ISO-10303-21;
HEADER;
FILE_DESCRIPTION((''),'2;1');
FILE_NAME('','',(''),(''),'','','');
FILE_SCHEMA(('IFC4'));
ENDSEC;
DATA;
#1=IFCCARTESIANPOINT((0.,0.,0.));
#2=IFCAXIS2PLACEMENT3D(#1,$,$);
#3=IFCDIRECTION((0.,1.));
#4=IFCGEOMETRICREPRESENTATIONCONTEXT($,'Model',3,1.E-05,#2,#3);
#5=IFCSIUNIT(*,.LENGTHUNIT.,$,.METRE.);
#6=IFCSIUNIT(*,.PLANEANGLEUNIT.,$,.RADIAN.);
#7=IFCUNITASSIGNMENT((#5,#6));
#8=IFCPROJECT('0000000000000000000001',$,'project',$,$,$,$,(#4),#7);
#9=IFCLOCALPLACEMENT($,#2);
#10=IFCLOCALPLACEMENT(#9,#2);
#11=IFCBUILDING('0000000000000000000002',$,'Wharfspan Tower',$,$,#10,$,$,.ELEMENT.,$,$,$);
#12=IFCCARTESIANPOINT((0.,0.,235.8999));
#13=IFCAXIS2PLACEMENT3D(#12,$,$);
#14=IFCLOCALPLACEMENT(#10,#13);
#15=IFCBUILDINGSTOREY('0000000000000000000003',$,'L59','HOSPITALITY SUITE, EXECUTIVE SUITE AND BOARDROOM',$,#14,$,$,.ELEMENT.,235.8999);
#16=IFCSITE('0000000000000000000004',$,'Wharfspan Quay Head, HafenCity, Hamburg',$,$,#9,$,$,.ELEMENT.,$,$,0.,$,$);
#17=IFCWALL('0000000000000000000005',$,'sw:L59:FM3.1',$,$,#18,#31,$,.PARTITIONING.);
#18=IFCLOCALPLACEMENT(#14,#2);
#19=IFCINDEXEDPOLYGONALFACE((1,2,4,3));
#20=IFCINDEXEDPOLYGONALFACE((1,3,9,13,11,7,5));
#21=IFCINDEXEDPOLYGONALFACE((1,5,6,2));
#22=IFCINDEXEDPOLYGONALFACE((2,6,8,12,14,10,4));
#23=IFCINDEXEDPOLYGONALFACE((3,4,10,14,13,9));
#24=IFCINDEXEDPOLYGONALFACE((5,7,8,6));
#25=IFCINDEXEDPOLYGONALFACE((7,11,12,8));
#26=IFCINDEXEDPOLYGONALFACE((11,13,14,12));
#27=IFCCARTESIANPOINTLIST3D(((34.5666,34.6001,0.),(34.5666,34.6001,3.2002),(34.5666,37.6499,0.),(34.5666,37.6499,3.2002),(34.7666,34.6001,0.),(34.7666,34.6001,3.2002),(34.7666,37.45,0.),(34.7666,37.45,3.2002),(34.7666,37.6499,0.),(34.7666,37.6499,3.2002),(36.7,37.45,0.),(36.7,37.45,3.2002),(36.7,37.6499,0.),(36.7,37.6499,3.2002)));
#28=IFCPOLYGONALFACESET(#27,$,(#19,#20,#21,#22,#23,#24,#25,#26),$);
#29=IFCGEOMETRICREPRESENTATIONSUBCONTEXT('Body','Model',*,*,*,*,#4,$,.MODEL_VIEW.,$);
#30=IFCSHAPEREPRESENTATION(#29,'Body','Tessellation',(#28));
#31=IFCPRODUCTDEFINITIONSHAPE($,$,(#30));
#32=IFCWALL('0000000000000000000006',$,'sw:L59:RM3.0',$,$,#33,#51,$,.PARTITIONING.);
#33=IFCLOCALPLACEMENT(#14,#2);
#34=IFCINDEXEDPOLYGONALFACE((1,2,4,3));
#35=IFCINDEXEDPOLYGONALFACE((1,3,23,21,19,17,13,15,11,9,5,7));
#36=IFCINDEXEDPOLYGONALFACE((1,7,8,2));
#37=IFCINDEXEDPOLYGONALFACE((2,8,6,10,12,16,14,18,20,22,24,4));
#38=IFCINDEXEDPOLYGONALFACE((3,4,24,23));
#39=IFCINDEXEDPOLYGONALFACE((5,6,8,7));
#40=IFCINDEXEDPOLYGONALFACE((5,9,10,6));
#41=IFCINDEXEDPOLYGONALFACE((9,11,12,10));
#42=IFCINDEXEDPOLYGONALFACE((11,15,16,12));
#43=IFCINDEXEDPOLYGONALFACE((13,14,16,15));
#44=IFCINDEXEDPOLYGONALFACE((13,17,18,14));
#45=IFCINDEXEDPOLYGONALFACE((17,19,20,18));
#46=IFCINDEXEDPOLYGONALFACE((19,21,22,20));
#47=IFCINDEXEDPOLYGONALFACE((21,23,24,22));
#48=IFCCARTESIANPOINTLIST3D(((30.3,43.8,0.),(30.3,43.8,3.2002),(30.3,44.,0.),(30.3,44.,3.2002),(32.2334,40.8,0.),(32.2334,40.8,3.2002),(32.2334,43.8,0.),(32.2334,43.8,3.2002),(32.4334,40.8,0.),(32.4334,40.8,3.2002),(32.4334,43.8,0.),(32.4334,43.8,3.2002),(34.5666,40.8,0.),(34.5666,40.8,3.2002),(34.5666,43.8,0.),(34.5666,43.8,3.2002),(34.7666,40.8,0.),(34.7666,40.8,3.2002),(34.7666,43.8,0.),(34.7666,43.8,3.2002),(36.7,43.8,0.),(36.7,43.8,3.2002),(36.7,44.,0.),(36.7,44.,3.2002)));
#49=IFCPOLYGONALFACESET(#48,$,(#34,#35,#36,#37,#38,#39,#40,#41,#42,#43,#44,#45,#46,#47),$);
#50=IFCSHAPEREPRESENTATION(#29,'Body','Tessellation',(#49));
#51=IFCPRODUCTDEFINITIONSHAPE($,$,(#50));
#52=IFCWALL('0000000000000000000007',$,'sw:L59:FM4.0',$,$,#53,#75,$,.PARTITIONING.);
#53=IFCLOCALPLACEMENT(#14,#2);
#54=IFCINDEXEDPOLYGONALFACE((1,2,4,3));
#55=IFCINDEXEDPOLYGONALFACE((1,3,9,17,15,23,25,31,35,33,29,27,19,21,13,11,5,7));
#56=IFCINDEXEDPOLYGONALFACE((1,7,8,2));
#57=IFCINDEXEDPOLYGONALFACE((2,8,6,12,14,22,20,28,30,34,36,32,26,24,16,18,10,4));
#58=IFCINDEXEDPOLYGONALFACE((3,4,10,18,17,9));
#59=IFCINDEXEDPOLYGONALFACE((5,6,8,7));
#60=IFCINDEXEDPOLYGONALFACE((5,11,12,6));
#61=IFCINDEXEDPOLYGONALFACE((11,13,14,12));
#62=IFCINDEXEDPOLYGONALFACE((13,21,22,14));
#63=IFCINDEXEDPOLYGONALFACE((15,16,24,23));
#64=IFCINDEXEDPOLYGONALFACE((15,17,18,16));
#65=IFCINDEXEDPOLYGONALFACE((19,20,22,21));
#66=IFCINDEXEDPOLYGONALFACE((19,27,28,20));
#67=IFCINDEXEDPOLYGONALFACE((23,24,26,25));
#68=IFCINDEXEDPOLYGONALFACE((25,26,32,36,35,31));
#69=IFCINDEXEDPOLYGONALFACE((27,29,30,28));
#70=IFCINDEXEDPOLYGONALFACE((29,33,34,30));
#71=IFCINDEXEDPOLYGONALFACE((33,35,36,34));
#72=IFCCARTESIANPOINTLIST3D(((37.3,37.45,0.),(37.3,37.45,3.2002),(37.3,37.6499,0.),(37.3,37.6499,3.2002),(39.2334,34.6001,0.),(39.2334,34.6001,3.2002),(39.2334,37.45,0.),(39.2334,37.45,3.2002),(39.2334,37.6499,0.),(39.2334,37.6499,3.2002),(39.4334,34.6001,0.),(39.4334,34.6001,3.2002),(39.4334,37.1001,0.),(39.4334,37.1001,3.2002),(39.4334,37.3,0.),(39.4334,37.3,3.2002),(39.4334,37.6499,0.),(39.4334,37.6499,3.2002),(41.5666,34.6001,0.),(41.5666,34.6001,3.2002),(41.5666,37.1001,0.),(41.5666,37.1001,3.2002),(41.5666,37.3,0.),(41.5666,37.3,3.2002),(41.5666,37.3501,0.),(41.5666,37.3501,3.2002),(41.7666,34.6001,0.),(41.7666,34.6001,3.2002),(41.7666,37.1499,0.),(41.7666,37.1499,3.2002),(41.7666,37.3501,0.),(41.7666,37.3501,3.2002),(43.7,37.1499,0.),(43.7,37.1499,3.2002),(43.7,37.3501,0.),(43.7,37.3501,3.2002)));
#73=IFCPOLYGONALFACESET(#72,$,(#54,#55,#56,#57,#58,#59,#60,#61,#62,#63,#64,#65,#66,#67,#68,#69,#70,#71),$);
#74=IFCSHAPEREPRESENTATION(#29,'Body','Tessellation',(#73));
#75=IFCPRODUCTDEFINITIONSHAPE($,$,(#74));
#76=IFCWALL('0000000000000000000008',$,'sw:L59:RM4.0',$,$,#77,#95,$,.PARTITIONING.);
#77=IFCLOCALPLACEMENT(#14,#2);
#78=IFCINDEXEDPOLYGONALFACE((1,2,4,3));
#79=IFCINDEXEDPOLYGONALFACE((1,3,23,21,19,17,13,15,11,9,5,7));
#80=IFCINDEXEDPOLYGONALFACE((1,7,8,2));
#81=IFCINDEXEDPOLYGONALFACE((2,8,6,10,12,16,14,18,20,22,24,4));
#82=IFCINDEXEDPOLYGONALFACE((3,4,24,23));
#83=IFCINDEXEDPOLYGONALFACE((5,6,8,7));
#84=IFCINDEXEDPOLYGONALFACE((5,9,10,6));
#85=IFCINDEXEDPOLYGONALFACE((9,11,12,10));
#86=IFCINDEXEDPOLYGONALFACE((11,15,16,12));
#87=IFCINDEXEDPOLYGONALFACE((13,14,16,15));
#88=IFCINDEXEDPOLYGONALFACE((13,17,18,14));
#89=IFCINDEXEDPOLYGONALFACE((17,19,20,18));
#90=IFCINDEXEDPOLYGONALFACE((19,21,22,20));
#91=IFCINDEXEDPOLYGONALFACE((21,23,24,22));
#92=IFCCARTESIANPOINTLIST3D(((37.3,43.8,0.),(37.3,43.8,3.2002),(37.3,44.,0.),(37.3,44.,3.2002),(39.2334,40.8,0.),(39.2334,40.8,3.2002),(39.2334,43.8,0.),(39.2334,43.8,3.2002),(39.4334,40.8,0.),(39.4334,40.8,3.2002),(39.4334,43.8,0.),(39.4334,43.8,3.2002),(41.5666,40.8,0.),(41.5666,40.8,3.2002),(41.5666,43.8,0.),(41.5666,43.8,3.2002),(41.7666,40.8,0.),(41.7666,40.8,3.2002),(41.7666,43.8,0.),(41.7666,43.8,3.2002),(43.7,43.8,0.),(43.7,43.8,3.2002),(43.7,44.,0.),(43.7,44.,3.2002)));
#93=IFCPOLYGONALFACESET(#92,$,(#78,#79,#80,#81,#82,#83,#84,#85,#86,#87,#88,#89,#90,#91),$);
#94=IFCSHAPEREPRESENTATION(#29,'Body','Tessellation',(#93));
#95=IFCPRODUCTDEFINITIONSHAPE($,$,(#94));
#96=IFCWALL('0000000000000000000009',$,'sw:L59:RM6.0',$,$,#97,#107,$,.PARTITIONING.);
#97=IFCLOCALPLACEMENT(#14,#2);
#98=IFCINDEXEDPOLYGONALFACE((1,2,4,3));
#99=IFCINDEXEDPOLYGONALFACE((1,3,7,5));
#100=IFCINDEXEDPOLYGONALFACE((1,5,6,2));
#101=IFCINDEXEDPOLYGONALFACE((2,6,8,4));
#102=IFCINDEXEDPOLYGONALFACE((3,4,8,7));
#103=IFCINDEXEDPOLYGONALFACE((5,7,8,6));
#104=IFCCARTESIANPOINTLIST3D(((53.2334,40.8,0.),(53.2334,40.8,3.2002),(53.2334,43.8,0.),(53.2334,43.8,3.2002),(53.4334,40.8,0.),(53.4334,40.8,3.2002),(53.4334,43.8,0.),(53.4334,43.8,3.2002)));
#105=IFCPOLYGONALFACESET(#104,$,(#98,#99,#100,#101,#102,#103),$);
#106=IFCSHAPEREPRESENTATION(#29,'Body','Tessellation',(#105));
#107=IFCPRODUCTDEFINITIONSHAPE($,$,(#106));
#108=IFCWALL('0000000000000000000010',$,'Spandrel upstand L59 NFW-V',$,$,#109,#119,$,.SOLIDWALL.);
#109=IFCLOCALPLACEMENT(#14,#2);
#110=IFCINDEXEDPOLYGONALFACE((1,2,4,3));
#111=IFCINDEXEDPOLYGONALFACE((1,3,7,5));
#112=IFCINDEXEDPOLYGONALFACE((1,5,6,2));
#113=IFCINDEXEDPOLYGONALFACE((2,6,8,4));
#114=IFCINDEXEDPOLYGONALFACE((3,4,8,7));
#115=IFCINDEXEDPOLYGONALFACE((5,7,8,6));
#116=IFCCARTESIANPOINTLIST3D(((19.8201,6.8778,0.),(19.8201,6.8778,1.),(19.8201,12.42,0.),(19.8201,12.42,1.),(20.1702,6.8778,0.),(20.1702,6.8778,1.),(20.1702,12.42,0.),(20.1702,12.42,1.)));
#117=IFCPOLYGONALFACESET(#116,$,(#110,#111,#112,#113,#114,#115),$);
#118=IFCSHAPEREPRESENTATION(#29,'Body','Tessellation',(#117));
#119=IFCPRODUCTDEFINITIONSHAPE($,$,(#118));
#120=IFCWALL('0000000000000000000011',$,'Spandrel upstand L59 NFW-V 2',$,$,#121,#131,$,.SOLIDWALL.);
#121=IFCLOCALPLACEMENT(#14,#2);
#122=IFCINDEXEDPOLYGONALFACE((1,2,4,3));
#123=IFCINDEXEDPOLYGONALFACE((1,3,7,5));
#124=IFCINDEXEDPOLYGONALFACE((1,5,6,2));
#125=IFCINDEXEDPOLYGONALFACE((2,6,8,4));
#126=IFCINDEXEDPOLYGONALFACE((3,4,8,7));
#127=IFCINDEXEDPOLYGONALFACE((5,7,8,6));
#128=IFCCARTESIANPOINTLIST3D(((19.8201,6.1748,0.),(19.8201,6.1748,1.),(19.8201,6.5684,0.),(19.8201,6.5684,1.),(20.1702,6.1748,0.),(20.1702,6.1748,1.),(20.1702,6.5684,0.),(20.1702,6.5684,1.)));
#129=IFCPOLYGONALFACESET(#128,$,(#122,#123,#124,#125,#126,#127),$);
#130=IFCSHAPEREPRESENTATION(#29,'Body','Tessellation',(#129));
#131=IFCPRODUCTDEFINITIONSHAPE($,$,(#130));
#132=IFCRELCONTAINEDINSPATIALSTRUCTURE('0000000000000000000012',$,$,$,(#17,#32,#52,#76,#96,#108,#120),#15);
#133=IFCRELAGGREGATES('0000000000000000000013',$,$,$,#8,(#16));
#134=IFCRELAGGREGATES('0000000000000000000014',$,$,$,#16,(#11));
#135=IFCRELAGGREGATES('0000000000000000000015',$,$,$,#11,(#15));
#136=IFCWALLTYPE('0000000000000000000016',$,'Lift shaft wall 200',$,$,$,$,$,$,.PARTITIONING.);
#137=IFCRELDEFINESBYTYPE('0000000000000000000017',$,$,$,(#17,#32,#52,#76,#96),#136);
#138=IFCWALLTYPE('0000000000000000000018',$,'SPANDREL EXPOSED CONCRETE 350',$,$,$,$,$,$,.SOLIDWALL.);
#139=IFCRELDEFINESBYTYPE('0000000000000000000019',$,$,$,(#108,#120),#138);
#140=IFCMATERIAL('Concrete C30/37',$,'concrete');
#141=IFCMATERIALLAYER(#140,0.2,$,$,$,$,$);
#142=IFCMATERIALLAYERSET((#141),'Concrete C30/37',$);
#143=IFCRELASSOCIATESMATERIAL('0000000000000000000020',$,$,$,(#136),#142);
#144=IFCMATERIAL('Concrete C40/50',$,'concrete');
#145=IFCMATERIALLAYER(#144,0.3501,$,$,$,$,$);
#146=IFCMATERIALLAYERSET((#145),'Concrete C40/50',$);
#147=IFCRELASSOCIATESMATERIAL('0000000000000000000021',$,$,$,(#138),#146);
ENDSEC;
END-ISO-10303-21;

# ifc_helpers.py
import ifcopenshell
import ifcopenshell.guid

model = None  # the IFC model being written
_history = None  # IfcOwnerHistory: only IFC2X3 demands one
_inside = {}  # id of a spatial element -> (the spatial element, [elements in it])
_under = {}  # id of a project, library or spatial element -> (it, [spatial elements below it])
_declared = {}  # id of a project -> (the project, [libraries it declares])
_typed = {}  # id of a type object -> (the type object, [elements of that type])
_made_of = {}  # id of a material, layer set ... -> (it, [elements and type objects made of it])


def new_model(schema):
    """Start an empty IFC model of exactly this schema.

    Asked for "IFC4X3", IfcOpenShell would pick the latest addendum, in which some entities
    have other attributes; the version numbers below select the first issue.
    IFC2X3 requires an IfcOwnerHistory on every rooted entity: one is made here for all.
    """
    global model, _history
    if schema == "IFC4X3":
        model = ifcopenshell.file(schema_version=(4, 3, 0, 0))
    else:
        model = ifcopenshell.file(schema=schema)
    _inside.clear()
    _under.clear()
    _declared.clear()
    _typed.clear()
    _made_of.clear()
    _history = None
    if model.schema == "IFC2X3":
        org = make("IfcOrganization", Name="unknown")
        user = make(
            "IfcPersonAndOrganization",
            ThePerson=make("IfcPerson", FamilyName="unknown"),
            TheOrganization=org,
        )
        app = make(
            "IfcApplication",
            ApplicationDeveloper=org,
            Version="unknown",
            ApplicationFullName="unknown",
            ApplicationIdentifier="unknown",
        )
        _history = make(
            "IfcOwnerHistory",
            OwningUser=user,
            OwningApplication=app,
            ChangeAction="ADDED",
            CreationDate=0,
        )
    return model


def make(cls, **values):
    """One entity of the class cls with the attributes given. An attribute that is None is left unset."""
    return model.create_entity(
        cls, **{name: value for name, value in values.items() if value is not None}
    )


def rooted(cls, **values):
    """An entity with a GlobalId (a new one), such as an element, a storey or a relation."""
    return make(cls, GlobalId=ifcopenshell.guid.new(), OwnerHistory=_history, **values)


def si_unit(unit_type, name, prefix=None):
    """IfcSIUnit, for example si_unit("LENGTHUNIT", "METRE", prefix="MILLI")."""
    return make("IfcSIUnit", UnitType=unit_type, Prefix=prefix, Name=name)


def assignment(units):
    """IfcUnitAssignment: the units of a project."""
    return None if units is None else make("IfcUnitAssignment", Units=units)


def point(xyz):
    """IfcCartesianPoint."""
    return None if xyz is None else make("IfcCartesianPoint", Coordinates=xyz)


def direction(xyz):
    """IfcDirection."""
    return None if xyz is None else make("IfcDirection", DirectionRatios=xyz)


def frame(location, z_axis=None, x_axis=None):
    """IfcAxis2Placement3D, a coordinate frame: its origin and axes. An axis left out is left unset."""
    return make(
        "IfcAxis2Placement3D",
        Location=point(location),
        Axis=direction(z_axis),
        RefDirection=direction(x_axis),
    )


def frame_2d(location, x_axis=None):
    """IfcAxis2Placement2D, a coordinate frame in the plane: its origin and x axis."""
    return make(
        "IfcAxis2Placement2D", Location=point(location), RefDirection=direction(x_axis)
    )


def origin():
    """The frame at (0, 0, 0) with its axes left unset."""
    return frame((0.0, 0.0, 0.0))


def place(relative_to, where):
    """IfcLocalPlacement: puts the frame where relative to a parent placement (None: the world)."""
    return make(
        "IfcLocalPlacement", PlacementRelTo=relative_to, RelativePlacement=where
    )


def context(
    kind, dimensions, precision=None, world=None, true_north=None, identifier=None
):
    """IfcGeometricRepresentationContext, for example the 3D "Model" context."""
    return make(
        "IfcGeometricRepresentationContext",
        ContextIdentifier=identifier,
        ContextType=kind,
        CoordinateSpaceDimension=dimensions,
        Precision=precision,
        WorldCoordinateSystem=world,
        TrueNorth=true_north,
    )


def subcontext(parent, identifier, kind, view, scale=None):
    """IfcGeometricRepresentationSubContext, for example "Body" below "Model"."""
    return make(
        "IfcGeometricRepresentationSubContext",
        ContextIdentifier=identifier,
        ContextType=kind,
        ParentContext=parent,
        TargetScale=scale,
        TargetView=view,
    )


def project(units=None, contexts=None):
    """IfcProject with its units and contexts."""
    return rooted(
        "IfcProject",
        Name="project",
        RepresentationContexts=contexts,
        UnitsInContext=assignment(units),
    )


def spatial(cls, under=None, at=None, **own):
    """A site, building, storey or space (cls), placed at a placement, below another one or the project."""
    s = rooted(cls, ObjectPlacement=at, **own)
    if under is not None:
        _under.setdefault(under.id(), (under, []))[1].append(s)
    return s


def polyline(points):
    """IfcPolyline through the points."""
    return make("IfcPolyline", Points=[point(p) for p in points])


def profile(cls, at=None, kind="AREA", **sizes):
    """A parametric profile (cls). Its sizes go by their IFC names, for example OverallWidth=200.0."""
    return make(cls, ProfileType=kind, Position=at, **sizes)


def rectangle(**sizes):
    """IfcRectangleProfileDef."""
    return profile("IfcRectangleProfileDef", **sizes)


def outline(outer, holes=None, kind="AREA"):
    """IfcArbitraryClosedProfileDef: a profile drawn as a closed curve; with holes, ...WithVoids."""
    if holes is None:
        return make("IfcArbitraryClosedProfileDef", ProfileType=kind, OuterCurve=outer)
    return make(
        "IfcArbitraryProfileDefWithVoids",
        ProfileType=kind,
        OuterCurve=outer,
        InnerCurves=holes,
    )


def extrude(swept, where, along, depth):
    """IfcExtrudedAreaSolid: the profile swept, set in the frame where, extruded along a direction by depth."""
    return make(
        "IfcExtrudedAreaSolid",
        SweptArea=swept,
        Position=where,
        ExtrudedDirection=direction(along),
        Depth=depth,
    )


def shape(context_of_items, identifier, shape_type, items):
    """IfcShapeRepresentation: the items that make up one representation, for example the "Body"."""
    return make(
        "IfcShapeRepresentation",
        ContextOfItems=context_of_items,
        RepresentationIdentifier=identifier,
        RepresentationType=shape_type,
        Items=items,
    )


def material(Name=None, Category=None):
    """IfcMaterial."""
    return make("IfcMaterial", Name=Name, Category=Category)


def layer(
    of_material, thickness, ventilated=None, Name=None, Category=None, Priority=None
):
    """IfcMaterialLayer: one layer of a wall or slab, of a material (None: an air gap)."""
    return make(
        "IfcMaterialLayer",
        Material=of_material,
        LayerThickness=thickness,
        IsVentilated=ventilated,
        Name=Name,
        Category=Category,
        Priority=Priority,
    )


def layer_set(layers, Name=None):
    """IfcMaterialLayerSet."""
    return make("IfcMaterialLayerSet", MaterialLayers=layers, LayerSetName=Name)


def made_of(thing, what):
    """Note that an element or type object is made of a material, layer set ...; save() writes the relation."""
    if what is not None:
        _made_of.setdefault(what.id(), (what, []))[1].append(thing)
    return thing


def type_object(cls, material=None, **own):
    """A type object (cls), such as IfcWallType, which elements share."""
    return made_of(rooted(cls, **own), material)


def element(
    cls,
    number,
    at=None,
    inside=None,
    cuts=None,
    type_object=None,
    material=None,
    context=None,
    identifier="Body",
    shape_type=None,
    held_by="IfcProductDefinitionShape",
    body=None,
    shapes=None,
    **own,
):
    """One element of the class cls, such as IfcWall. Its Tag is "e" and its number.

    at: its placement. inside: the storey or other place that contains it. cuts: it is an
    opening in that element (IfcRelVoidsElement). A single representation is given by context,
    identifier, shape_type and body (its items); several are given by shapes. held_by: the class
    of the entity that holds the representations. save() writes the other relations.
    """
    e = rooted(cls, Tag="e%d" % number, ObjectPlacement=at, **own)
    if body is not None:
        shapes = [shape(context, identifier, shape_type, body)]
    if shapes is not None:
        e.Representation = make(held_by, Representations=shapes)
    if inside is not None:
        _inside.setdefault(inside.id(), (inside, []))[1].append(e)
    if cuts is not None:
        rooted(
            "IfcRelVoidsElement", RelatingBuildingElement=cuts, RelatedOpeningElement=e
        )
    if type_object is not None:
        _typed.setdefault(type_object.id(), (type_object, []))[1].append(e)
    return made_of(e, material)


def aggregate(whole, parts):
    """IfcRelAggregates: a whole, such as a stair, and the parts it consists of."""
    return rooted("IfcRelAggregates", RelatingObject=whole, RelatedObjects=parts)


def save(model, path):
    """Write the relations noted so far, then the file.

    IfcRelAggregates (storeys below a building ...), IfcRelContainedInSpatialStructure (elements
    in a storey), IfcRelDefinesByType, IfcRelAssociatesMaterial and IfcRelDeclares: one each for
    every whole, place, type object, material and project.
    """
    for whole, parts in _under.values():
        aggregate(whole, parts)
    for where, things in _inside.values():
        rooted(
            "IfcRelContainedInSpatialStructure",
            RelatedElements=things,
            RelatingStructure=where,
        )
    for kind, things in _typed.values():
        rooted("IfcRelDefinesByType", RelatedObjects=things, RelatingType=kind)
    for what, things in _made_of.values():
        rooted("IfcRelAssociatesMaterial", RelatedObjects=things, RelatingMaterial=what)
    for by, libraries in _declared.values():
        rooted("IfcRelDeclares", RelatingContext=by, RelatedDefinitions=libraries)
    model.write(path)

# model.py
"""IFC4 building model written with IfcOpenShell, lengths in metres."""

from ifc_helpers import new_model, si_unit, direction, frame, frame_2d, origin, place, context, subcontext, project, spatial, polyline, rectangle, outline, extrude, material, layer, layer_set, type_object, element, save


model = new_model("IFC4")

# Units and contexts
model_context = context("Model", 3, precision=1e-05, world=origin(), true_north=direction((0.0, 1.0)))
body_context = subcontext(model_context, "Body", "Model", "MODEL_VIEW")
ifc_project = project(units=[si_unit("LENGTHUNIT", "METRE"), si_unit("PLANEANGLEUNIT", "RADIAN")], contexts=[model_context])

# Site, building, storey
site_placement = place(None, origin())
site = spatial("IfcSite", under=ifc_project, at=site_placement, Name="Wharfspan Quay Head, HafenCity, Hamburg", CompositionType="ELEMENT", RefElevation=0.0)
building_placement = place(site_placement, origin())
building = spatial("IfcBuilding", under=site, at=building_placement, Name="Wharfspan Tower", CompositionType="ELEMENT")
storey_placement = place(building_placement, frame((0.0, 0.0, 235.8999)))
storey = spatial("IfcBuildingStorey", under=building, at=storey_placement, Name="L59", Description="HOSPITALITY SUITE, EXECUTIVE SUITE AND BOARDROOM", CompositionType="ELEMENT", Elevation=235.8999)

# Shared definitions
ifc_material_1 = material(Name="Concrete C40/50", Category="concrete")

# Walls
ifc_material_2 = material(Name="Concrete C30/37", Category="concrete")
ifc_layer_1 = layer(ifc_material_2, 0.2)
ifc_layer_set_1 = layer_set([ifc_layer_1], Name="Concrete C30/37")
wall_type_1 = type_object("IfcWallType", Name="Lift shaft wall 200", PredefinedType="PARTITIONING", material=ifc_layer_set_1)
wall_1_placement = place(storey_placement, origin())
element("IfcWall", 1, at=wall_1_placement, inside=storey, type_object=wall_type_1, Name="sw:L59:FM3.1", PredefinedType="PARTITIONING", context=body_context, shape_type="SweptSolid", body=[
    extrude(outline(polyline([(34.5667, 37.6499), (34.7666, 37.6499), (36.7, 37.6499), (36.7, 37.45), (34.7666, 37.45), (34.7666, 34.6001), (34.5667, 34.6001), (34.5667, 37.6499)])), origin(), (0.0, 0.0, 1.0), 3.2002),
])
wall_2_placement = place(storey_placement, origin())
element("IfcWall", 2, at=wall_2_placement, inside=storey, type_object=wall_type_1, Name="sw:L59:RM3.0", PredefinedType="PARTITIONING", context=body_context, shape_type="SweptSolid", body=[
    extrude(outline(polyline([(32.4333, 40.8), (32.2334, 40.8), (32.2334, 43.8), (30.3, 43.8), (30.3, 44.0), (36.7, 44.0), (36.7, 43.8), (34.7666, 43.8), (34.7666, 40.8), (34.5667, 40.8), (34.5667, 43.8), (32.4333, 43.8), (32.4333, 40.8)])), origin(), (0.0, 0.0, 1.0), 3.2002),
])
wall_3_placement = place(storey_placement, origin())
element("IfcWall", 3, at=wall_3_placement, inside=storey, type_object=wall_type_1, Name="sw:L59:FM4.0", PredefinedType="PARTITIONING", context=body_context, shape_type="SweptSolid", body=[
    extrude(outline(polyline([(41.5667, 37.1001), (39.4333, 37.1001), (39.4333, 34.6001), (39.2334, 34.6001), (39.2334, 37.45), (37.3, 37.45), (37.3, 37.6499), (39.2334, 37.6499), (39.4333, 37.6499), (39.4333, 37.3), (41.5667, 37.3), (41.5667, 37.3501), (41.7666, 37.3501), (43.7, 37.3501), (43.7, 37.1499), (41.7666, 37.1499), (41.7666, 34.6001), (41.5667, 34.6001), (41.5667, 37.1001)])), origin(), (0.0, 0.0, 1.0), 3.2002),
])
wall_4_placement = place(storey_placement, origin())
element("IfcWall", 4, at=wall_4_placement, inside=storey, type_object=wall_type_1, Name="sw:L59:RM4.0", PredefinedType="PARTITIONING", context=body_context, shape_type="SweptSolid", body=[
    extrude(outline(polyline([(39.4333, 40.8), (39.2334, 40.8), (39.2334, 43.8), (37.3, 43.8), (37.3, 44.0), (43.7, 44.0), (43.7, 43.8), (41.7666, 43.8), (41.7666, 40.8), (41.5667, 40.8), (41.5667, 43.8), (39.4333, 43.8), (39.4333, 40.8)])), origin(), (0.0, 0.0, 1.0), 3.2002),
])
wall_5_placement = place(storey_placement, origin())
element("IfcWall", 5, at=wall_5_placement, inside=storey, type_object=wall_type_1, Name="sw:L59:RM6.0", PredefinedType="PARTITIONING", context=body_context, shape_type="SweptSolid", body=[
    extrude(outline(polyline([(53.4333, 40.8), (53.4333, 43.8), (53.2334, 43.8), (53.2334, 40.8), (53.4333, 40.8)])), origin(), (0.0, 0.0, 1.0), 3.2002),
])
ifc_layer_2 = layer(ifc_material_1, 0.3501)
ifc_layer_set_2 = layer_set([ifc_layer_2], Name="Concrete C40/50")
wall_type_2 = type_object("IfcWallType", Name="SPANDREL EXPOSED CONCRETE 350", PredefinedType="SOLIDWALL", material=ifc_layer_set_2)
wall_6_placement = place(storey_placement, frame((19.9951, 12.4199, 0.0), z_axis=(0.0, 0.0, 1.0), x_axis=(0.0, -1.0, 0.0)))
element("IfcWall", 6, at=wall_6_placement, inside=storey, type_object=wall_type_2, Name="Spandrel upstand L59 NFW-V", PredefinedType="SOLIDWALL", context=body_context, shape_type="SweptSolid", body=[
    extrude(rectangle(XDim=5.5422, YDim=0.3501, at=frame_2d((2.771, 0.0))), origin(), (0.0, 0.0, 1.0), 1.0),
])
wall_7_placement = place(storey_placement, frame((19.9951, 6.5684, 0.0), z_axis=(0.0, 0.0, 1.0), x_axis=(0.0, -1.0, 0.0)))
element("IfcWall", 7, at=wall_7_placement, inside=storey, type_object=wall_type_2, Name="Spandrel upstand L59 NFW-V 2", PredefinedType="SOLIDWALL", context=body_context, shape_type="SweptSolid", body=[
    extrude(rectangle(XDim=0.3936, YDim=0.3501, at=frame_2d((0.1968, 0.0))), origin(), (0.0, 0.0, 1.0), 1.0),
])

save(model, "model.ifc")
